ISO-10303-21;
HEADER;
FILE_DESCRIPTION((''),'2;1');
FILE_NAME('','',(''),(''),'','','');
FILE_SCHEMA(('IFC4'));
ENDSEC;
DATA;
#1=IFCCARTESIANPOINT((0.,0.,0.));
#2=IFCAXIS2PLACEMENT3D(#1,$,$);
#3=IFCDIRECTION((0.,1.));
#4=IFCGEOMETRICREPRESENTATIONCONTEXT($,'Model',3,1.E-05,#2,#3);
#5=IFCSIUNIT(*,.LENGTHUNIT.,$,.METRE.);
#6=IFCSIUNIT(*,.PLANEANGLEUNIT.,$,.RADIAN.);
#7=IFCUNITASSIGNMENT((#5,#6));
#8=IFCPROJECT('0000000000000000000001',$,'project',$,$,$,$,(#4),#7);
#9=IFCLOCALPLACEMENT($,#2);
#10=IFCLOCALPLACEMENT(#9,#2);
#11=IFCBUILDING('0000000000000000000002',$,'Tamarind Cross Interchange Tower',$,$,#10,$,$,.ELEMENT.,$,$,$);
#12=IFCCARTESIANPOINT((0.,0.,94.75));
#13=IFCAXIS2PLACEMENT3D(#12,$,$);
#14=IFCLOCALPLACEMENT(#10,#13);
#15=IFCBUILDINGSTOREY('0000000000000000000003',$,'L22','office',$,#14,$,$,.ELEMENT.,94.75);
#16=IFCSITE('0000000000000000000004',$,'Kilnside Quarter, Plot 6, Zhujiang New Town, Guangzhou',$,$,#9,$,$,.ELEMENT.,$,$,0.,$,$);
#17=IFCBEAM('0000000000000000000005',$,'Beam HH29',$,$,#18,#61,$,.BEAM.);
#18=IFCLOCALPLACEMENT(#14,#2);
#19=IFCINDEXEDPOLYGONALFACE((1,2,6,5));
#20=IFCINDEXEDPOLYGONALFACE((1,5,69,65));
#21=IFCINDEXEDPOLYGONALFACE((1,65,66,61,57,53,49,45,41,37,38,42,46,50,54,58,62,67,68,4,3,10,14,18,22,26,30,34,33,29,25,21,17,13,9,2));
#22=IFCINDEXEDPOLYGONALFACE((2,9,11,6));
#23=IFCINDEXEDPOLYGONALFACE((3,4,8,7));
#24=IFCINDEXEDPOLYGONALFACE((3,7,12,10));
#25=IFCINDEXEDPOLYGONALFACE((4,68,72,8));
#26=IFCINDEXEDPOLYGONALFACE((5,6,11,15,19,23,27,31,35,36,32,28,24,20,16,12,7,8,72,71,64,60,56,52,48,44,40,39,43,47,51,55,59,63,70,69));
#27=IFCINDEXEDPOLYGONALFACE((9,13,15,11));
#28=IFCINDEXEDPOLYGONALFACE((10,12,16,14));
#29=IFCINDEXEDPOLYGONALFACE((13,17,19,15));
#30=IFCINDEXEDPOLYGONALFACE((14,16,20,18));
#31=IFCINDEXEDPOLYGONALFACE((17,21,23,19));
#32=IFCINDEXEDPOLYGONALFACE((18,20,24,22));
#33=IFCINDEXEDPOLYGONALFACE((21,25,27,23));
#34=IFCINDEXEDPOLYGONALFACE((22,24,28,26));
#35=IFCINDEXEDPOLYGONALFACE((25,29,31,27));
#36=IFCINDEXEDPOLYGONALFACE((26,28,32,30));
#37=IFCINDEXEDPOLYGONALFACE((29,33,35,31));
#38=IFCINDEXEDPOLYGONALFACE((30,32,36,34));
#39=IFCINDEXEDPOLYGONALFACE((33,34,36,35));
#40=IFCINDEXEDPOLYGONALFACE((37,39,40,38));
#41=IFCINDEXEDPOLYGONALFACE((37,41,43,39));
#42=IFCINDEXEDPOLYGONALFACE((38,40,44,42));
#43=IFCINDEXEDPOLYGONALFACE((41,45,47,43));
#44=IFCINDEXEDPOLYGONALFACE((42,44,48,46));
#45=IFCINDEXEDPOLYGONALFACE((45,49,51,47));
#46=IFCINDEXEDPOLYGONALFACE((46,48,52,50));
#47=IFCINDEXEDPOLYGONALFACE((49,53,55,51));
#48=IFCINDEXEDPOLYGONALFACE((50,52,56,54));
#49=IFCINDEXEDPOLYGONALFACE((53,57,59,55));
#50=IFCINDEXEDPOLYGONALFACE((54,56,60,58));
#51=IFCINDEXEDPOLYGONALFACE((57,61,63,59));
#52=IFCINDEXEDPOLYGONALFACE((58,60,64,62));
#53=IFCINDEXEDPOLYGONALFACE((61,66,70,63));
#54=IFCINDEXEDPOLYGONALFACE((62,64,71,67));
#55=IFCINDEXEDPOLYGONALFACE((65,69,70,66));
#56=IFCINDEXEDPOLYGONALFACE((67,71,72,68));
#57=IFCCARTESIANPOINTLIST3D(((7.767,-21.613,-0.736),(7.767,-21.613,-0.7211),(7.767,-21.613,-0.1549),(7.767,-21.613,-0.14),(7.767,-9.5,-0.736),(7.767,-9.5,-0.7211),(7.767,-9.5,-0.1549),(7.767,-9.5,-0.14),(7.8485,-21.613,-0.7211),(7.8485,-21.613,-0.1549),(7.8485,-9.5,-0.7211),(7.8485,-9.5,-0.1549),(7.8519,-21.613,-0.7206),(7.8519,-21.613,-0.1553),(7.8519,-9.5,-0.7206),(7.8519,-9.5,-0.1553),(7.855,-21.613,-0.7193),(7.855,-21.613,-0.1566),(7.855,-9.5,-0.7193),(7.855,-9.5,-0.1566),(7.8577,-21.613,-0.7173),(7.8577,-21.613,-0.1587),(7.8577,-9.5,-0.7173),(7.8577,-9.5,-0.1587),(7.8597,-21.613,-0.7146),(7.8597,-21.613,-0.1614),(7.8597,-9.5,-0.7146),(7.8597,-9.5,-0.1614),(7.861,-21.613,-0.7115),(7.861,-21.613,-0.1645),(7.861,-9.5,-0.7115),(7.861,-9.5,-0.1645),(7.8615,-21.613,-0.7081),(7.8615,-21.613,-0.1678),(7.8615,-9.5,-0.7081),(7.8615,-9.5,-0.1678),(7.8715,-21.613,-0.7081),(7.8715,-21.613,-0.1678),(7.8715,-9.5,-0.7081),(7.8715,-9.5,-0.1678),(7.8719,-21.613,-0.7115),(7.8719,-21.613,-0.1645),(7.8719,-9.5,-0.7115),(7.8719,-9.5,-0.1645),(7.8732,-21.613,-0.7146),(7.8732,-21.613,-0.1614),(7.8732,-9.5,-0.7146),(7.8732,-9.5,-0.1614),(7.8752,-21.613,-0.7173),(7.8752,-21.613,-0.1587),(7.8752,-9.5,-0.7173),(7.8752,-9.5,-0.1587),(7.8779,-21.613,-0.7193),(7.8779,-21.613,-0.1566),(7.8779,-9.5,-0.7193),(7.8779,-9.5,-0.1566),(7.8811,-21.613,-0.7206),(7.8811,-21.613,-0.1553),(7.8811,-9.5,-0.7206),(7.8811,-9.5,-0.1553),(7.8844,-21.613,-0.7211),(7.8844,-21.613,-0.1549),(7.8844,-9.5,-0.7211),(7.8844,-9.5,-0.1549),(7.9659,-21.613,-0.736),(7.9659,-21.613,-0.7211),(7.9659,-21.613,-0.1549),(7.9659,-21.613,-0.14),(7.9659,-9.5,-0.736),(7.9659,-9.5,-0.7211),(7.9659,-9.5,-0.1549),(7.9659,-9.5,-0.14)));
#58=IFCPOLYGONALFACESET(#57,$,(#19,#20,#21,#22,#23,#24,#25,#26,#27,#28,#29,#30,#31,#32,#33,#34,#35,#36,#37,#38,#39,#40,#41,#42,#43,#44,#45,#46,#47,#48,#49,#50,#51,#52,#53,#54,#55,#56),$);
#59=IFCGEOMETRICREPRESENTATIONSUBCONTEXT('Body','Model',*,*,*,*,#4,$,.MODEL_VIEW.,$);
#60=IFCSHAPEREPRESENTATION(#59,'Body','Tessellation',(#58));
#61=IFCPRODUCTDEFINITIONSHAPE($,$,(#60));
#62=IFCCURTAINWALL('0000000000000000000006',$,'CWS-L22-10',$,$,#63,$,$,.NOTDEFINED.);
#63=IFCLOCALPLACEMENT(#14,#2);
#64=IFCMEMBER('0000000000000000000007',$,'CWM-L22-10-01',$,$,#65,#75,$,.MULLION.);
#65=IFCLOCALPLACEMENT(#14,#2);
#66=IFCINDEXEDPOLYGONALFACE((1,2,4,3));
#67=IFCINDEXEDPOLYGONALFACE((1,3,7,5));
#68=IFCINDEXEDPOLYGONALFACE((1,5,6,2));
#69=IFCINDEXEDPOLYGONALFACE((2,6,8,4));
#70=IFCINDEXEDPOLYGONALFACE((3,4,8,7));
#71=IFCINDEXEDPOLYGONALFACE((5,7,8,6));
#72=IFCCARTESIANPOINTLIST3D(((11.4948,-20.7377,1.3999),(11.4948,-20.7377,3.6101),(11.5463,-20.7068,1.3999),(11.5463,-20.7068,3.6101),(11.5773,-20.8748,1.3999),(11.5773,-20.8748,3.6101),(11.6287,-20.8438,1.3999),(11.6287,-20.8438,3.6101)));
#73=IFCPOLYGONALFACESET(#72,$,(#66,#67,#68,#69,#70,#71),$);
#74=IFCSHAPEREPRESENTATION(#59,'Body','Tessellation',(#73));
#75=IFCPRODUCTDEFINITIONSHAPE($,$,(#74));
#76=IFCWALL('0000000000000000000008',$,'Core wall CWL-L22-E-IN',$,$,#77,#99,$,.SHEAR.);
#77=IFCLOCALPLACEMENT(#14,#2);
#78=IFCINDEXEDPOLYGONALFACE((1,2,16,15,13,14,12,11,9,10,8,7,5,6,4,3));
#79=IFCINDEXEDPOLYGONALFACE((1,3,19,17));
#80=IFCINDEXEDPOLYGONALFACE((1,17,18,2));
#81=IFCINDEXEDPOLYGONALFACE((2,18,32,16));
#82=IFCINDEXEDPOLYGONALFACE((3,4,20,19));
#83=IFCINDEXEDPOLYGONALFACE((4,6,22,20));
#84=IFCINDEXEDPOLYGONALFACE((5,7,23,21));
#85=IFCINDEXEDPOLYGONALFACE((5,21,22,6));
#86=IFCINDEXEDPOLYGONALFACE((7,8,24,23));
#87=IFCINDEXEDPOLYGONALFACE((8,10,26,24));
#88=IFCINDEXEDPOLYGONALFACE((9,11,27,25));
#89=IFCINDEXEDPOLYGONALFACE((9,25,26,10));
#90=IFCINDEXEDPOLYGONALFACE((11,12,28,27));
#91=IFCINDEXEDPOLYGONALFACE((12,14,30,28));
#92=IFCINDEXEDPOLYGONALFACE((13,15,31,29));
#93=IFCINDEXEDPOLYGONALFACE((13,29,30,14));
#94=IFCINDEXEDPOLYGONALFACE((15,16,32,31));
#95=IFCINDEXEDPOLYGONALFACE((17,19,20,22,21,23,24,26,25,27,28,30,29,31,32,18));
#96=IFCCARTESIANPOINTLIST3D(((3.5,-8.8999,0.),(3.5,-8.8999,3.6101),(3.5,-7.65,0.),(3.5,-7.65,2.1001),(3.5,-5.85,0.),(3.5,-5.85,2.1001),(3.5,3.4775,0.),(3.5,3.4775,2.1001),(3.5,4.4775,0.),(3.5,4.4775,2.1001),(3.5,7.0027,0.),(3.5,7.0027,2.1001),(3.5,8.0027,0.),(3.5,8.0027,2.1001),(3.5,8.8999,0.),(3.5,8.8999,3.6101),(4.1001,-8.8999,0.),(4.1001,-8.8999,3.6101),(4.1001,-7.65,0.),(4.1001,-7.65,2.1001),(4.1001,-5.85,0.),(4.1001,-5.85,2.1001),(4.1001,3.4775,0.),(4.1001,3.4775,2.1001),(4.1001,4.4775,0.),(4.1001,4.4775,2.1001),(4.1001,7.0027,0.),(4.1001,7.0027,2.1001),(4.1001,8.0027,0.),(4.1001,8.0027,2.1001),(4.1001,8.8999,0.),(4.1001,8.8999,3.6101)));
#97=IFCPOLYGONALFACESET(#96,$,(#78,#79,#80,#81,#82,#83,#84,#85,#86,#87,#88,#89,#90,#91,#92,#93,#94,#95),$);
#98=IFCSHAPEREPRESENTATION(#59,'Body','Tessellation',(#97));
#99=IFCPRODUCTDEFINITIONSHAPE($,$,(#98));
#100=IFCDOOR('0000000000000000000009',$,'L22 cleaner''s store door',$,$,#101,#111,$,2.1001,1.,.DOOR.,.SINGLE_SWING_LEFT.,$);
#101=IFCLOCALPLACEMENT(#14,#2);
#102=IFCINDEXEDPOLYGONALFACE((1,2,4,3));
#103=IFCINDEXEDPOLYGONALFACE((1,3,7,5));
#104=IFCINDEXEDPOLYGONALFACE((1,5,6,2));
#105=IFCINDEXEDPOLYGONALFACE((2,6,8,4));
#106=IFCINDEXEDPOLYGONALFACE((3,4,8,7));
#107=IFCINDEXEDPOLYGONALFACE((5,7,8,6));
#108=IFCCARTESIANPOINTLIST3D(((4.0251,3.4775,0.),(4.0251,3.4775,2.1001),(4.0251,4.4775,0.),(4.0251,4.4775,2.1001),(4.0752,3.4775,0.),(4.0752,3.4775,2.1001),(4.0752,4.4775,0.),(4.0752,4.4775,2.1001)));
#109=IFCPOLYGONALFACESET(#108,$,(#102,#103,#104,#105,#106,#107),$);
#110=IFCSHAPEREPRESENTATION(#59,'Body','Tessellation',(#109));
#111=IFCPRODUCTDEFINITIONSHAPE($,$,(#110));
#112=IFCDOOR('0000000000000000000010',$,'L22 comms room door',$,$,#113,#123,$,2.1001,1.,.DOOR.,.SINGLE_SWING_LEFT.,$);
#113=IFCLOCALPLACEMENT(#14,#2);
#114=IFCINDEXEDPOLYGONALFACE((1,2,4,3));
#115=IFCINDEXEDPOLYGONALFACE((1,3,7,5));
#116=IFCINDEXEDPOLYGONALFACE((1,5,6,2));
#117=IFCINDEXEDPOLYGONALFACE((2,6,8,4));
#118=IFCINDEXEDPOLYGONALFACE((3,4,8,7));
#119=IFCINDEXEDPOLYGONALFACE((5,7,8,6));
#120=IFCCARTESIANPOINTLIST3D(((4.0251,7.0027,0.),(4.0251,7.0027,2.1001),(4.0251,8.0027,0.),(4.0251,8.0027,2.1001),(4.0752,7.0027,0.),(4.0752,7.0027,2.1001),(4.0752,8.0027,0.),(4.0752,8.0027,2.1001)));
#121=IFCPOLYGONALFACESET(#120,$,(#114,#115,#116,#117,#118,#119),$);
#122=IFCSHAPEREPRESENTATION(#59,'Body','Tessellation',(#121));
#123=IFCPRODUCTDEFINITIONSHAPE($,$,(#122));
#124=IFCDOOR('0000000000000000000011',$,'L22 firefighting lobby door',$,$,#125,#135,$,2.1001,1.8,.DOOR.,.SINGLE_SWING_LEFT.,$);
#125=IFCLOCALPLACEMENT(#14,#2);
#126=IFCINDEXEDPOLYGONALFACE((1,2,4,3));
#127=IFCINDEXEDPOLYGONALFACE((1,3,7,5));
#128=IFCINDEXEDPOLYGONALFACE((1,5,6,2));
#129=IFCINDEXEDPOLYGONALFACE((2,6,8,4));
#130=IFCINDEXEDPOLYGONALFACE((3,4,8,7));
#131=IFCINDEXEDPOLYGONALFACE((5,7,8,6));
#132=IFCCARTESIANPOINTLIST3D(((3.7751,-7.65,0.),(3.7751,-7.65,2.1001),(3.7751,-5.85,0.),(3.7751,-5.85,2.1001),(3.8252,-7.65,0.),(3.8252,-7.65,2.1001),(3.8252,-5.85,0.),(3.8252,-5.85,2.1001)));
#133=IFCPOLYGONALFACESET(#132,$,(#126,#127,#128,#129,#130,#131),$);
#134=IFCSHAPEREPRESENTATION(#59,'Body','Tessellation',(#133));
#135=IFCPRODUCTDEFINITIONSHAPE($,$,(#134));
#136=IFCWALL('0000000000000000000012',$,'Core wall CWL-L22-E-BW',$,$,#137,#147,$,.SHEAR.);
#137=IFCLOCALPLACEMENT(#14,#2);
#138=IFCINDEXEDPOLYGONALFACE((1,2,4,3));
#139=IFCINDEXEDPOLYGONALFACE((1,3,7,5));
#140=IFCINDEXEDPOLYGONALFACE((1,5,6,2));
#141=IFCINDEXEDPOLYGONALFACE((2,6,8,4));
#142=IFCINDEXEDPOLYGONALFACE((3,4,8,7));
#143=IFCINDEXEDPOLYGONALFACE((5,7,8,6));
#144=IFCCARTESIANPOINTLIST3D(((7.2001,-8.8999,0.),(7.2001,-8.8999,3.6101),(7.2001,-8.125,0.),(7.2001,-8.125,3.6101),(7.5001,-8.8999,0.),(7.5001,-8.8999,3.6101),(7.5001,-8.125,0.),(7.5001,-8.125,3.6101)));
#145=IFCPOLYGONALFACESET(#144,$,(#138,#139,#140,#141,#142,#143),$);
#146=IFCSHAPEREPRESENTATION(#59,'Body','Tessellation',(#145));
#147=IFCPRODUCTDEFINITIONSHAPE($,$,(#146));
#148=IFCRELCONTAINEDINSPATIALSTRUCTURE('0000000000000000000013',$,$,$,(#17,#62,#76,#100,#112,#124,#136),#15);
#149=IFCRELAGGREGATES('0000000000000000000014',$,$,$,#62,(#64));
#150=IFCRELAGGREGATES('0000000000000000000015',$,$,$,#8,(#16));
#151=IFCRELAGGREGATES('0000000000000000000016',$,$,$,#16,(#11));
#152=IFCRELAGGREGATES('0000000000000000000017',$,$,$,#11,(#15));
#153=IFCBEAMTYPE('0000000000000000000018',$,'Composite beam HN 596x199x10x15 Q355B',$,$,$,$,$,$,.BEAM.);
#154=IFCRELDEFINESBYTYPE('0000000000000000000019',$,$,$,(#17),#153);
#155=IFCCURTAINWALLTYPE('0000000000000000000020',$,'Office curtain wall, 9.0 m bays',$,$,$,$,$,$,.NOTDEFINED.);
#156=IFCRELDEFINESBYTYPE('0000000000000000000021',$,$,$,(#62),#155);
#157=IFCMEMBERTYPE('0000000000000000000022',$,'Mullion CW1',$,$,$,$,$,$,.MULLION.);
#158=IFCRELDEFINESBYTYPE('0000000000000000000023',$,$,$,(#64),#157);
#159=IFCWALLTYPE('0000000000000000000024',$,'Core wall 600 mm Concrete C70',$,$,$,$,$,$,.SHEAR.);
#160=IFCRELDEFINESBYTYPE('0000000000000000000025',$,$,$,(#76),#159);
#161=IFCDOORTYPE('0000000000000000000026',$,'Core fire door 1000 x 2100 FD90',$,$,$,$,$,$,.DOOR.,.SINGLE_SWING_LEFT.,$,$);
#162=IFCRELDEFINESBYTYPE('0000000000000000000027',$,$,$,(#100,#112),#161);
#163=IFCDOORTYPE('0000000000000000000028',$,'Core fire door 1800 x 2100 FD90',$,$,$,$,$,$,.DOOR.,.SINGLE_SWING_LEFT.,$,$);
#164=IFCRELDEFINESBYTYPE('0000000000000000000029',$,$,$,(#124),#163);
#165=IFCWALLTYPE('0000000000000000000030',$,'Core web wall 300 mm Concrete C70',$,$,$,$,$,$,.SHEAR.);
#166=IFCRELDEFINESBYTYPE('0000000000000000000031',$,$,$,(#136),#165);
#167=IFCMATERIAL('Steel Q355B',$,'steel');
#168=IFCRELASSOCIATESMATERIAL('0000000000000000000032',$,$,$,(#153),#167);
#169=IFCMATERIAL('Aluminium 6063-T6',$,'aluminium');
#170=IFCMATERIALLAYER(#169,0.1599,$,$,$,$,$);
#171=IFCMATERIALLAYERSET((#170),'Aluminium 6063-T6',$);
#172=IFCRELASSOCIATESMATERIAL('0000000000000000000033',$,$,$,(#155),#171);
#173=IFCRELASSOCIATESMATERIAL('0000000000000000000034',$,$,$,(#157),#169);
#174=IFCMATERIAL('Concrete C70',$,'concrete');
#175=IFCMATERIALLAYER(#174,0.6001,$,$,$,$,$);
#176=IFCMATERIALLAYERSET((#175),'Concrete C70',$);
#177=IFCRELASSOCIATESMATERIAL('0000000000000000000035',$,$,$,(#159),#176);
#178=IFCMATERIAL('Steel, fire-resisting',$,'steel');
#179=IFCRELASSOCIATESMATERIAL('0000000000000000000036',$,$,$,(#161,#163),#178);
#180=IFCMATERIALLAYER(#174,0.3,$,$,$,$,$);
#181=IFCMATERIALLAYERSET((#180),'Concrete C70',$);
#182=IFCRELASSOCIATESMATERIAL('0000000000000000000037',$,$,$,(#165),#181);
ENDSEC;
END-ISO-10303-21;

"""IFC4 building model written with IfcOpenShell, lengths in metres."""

from ifc_helpers import new_model, si_unit, direction, frame, frame_2d, origin, origin_2d, place, context, subcontext, project, spatial, rectangle, i_section, extrude, material, layer, layer_set, material_profile, profile_set, type_object, element, fill, aggregate, save


model = new_model("IFC4")

# Units and contexts
model_context = context("Model", 3, precision=1e-05, world=origin(), true_north=direction((0.0, 1.0)))
body_context = subcontext(model_context, "Body", "Model", "MODEL_VIEW")
ifc_project = project(units=[si_unit("LENGTHUNIT", "METRE"), si_unit("PLANEANGLEUNIT", "RADIAN")], contexts=[model_context])

# Site, building, storey
site_placement = place(None, origin())
site = spatial("IfcSite", under=ifc_project, at=site_placement, Name="Kilnside Quarter, Plot 6, Zhujiang New Town, Guangzhou", CompositionType="ELEMENT", RefElevation=0.0)
building_placement = place(site_placement, origin())
building = spatial("IfcBuilding", under=site, at=building_placement, Name="Tamarind Cross Interchange Tower", CompositionType="ELEMENT")
storey_placement = place(building_placement, frame((0.0, 0.0, 94.75)))
storey = spatial("IfcBuildingStorey", under=building, at=storey_placement, Name="L22", Description="office", CompositionType="ELEMENT", Elevation=94.75)

# Beam
ifc_material_1 = material(Name="Steel Q355B", Category="steel")
ifc_material_profile_1 = material_profile(ifc_material_1, i_section(OverallWidth=0.199, OverallDepth=0.5959, WebThickness=0.01, FlangeThickness=0.0149, FilletRadius=0.0129, at=origin_2d()), Name="HN 596x199x10x15")
ifc_profile_set_1 = profile_set([ifc_material_profile_1], Name="Steel Q355B")
beam_type = type_object("IfcBeamType", Name="Composite beam HN 596x199x10x15 Q355B", PredefinedType="BEAM", material=ifc_profile_set_1)
beam_1_placement = place(storey_placement, frame((7.8665, -21.613, -0.438), z_axis=(0.0, 1.0, 0.0), x_axis=(-1.0, 0.0, 0.0)))
element("IfcBeam", 1, at=beam_1_placement, inside=storey, type_object=beam_type, Name="Beam HH29", PredefinedType="BEAM", context=body_context, shape_type="SweptSolid", body=[
    extrude(i_section(OverallWidth=0.199, OverallDepth=0.5959, WebThickness=0.01, FlangeThickness=0.0149, FilletRadius=0.0129, at=origin_2d()), origin(), (0.0, 0.0, 1.0), 12.113),
])

# Curtain wall, member
ifc_material_2 = material(Name="Aluminium 6063-T6", Category="aluminium")
ifc_layer_1 = layer(ifc_material_2, 0.1599)
ifc_layer_set_1 = layer_set([ifc_layer_1], Name="Aluminium 6063-T6")
curtain_wall_type = type_object("IfcCurtainWallType", Name="Office curtain wall, 9.0 m bays", PredefinedType="NOTDEFINED", material=ifc_layer_set_1)
curtain_wall_placement = place(storey_placement, origin())
curtain_wall = element("IfcCurtainWall", 2, at=curtain_wall_placement, inside=storey, type_object=curtain_wall_type, Name="CWS-L22-10", PredefinedType="NOTDEFINED")
ifc_material_profile_2 = material_profile(ifc_material_2, rectangle(XDim=0.0601, YDim=0.1599, at=origin_2d()), Name="Mullion CW1")
ifc_profile_set_2 = profile_set([ifc_material_profile_2], Name="Aluminium 6063-T6")
member_type = type_object("IfcMemberType", Name="Mullion CW1", PredefinedType="MULLION", material=ifc_profile_set_2)
member_placement = place(storey_placement, frame((11.5618, -20.7908, 1.3999), z_axis=(0.0, 0.0, 1.0), x_axis=(0.856843, 0.515577, 0.0)))
member = element("IfcMember", 3, at=member_placement, type_object=member_type, Name="CWM-L22-10-01", PredefinedType="MULLION", context=body_context, shape_type="SweptSolid", body=[
    extrude(rectangle(XDim=0.0601, YDim=0.1599, at=origin_2d()), origin(), (0.0, 0.0, 1.0), 2.2102),
])
aggregate(curtain_wall, [member])

# Wall, openings, doors
ifc_material_3 = material(Name="Concrete C70", Category="concrete")
ifc_layer_2 = layer(ifc_material_3, 0.6001)
ifc_layer_set_2 = layer_set([ifc_layer_2], Name="Concrete C70")
wall_type_1 = type_object("IfcWallType", Name="Core wall 600 mm Concrete C70", PredefinedType="SHEAR", material=ifc_layer_set_2)
wall_1_placement = place(storey_placement, frame((3.8, -8.8999, 0.0), z_axis=(0.0, 0.0, 1.0), x_axis=(0.0, 1.0, 0.0)))
wall_1 = element("IfcWall", 4, at=wall_1_placement, inside=storey, type_object=wall_type_1, Name="Core wall CWL-L22-E-IN", PredefinedType="SHEAR", context=body_context, shape_type="SweptSolid", body=[
    extrude(rectangle(XDim=17.7998, YDim=0.6001, at=frame_2d((8.8999, 0.0))), origin(), (0.0, 0.0, 1.0), 3.6101),
])
opening_1_placement = place(wall_1_placement, frame((1.25, 0.0, 0.0)))
opening_1 = element("IfcOpeningElement", 5, at=opening_1_placement, cuts=wall_1, PredefinedType="OPENING", context=body_context, shape_type="SweptSolid", body=[
    extrude(rectangle(XDim=1.8, YDim=2.1001, at=frame_2d((0.8999, 1.05))), frame((0.0, 0.3101, 0.0), z_axis=(0.0, -1.0, 0.0), x_axis=(1.0, 0.0, 0.0)), (0.0, 0.0, 1.0), 0.6201),
])
opening_2_placement = place(wall_1_placement, frame((12.3774, 0.0, 0.0)))
opening_2 = element("IfcOpeningElement", 6, at=opening_2_placement, cuts=wall_1, PredefinedType="OPENING", context=body_context, shape_type="SweptSolid", body=[
    extrude(rectangle(XDim=1.0, YDim=2.1001, at=frame_2d((0.5, 1.05))), frame((0.0, 0.3101, 0.0), z_axis=(0.0, -1.0, 0.0), x_axis=(1.0, 0.0, 0.0)), (0.0, 0.0, 1.0), 0.6201),
])
opening_3_placement = place(wall_1_placement, frame((15.9026, 0.0, 0.0)))
opening_3 = element("IfcOpeningElement", 7, at=opening_3_placement, cuts=wall_1, PredefinedType="OPENING", context=body_context, shape_type="SweptSolid", body=[
    extrude(rectangle(XDim=1.0, YDim=2.1001, at=frame_2d((0.5, 1.05))), frame((0.0, 0.3101, 0.0), z_axis=(0.0, -1.0, 0.0), x_axis=(1.0, 0.0, 0.0)), (0.0, 0.0, 1.0), 0.6201),
])
ifc_material_4 = material(Name="Steel, fire-resisting", Category="steel")
door_type_1 = type_object("IfcDoorType", Name="Core fire door 1000 x 2100 FD90", OperationType="SINGLE_SWING_LEFT", PredefinedType="DOOR", material=ifc_material_4)
door_1_placement = place(opening_2_placement, origin())
door_1 = element("IfcDoor", 8, at=door_1_placement, inside=storey, type_object=door_type_1, Name="L22 cleaner's store door", OperationType="SINGLE_SWING_LEFT", OverallHeight=2.1001, OverallWidth=1.0, PredefinedType="DOOR", context=body_context, shape_type="SweptSolid", body=[
    extrude(rectangle(XDim=1.0, YDim=2.1001, at=frame_2d((0.5, 1.05))), frame((0.0, -0.2251, 0.0), z_axis=(0.0, -1.0, 0.0), x_axis=(1.0, 0.0, 0.0)), (0.0, 0.0, 1.0), 0.05),
])
fill(opening_2, door_1)
door_2_placement = place(opening_3_placement, origin())
door_2 = element("IfcDoor", 9, at=door_2_placement, inside=storey, type_object=door_type_1, Name="L22 comms room door", OperationType="SINGLE_SWING_LEFT", OverallHeight=2.1001, OverallWidth=1.0, PredefinedType="DOOR", context=body_context, shape_type="SweptSolid", body=[
    extrude(rectangle(XDim=1.0, YDim=2.1001, at=frame_2d((0.5, 1.05))), frame((0.0, -0.2251, 0.0), z_axis=(0.0, -1.0, 0.0), x_axis=(1.0, 0.0, 0.0)), (0.0, 0.0, 1.0), 0.05),
])
fill(opening_3, door_2)
door_type_2 = type_object("IfcDoorType", Name="Core fire door 1800 x 2100 FD90", OperationType="SINGLE_SWING_LEFT", PredefinedType="DOOR", material=ifc_material_4)
door_3_placement = place(opening_1_placement, origin())
door_3 = element("IfcDoor", 10, at=door_3_placement, inside=storey, type_object=door_type_2, Name="L22 firefighting lobby door", OperationType="SINGLE_SWING_LEFT", OverallHeight=2.1001, OverallWidth=1.8, PredefinedType="DOOR", context=body_context, shape_type="SweptSolid", body=[
    extrude(rectangle(XDim=1.8, YDim=2.1001, at=frame_2d((0.8999, 1.05))), frame((0.0, 0.0249, 0.0), z_axis=(0.0, -1.0, 0.0), x_axis=(1.0, 0.0, 0.0)), (0.0, 0.0, 1.0), 0.05),
])
fill(opening_1, door_3)

# Wall
ifc_layer_3 = layer(ifc_material_3, 0.3)
ifc_layer_set_3 = layer_set([ifc_layer_3], Name="Concrete C70")
wall_type_2 = type_object("IfcWallType", Name="Core web wall 300 mm Concrete C70", PredefinedType="SHEAR", material=ifc_layer_set_3)
wall_2_placement = place(storey_placement, frame((7.3501, -8.8999, 0.0), z_axis=(0.0, 0.0, 1.0), x_axis=(0.0, 1.0, 0.0)))
element("IfcWall", 11, at=wall_2_placement, inside=storey, type_object=wall_type_2, Name="Core wall CWL-L22-E-BW", PredefinedType="SHEAR", context=body_context, shape_type="SweptSolid", body=[
    extrude(rectangle(XDim=0.7749, YDim=0.3, at=frame_2d((0.3875, 0.0))), origin(), (0.0, 0.0, 1.0), 3.6101),
])

save(model, "model.ifc")
